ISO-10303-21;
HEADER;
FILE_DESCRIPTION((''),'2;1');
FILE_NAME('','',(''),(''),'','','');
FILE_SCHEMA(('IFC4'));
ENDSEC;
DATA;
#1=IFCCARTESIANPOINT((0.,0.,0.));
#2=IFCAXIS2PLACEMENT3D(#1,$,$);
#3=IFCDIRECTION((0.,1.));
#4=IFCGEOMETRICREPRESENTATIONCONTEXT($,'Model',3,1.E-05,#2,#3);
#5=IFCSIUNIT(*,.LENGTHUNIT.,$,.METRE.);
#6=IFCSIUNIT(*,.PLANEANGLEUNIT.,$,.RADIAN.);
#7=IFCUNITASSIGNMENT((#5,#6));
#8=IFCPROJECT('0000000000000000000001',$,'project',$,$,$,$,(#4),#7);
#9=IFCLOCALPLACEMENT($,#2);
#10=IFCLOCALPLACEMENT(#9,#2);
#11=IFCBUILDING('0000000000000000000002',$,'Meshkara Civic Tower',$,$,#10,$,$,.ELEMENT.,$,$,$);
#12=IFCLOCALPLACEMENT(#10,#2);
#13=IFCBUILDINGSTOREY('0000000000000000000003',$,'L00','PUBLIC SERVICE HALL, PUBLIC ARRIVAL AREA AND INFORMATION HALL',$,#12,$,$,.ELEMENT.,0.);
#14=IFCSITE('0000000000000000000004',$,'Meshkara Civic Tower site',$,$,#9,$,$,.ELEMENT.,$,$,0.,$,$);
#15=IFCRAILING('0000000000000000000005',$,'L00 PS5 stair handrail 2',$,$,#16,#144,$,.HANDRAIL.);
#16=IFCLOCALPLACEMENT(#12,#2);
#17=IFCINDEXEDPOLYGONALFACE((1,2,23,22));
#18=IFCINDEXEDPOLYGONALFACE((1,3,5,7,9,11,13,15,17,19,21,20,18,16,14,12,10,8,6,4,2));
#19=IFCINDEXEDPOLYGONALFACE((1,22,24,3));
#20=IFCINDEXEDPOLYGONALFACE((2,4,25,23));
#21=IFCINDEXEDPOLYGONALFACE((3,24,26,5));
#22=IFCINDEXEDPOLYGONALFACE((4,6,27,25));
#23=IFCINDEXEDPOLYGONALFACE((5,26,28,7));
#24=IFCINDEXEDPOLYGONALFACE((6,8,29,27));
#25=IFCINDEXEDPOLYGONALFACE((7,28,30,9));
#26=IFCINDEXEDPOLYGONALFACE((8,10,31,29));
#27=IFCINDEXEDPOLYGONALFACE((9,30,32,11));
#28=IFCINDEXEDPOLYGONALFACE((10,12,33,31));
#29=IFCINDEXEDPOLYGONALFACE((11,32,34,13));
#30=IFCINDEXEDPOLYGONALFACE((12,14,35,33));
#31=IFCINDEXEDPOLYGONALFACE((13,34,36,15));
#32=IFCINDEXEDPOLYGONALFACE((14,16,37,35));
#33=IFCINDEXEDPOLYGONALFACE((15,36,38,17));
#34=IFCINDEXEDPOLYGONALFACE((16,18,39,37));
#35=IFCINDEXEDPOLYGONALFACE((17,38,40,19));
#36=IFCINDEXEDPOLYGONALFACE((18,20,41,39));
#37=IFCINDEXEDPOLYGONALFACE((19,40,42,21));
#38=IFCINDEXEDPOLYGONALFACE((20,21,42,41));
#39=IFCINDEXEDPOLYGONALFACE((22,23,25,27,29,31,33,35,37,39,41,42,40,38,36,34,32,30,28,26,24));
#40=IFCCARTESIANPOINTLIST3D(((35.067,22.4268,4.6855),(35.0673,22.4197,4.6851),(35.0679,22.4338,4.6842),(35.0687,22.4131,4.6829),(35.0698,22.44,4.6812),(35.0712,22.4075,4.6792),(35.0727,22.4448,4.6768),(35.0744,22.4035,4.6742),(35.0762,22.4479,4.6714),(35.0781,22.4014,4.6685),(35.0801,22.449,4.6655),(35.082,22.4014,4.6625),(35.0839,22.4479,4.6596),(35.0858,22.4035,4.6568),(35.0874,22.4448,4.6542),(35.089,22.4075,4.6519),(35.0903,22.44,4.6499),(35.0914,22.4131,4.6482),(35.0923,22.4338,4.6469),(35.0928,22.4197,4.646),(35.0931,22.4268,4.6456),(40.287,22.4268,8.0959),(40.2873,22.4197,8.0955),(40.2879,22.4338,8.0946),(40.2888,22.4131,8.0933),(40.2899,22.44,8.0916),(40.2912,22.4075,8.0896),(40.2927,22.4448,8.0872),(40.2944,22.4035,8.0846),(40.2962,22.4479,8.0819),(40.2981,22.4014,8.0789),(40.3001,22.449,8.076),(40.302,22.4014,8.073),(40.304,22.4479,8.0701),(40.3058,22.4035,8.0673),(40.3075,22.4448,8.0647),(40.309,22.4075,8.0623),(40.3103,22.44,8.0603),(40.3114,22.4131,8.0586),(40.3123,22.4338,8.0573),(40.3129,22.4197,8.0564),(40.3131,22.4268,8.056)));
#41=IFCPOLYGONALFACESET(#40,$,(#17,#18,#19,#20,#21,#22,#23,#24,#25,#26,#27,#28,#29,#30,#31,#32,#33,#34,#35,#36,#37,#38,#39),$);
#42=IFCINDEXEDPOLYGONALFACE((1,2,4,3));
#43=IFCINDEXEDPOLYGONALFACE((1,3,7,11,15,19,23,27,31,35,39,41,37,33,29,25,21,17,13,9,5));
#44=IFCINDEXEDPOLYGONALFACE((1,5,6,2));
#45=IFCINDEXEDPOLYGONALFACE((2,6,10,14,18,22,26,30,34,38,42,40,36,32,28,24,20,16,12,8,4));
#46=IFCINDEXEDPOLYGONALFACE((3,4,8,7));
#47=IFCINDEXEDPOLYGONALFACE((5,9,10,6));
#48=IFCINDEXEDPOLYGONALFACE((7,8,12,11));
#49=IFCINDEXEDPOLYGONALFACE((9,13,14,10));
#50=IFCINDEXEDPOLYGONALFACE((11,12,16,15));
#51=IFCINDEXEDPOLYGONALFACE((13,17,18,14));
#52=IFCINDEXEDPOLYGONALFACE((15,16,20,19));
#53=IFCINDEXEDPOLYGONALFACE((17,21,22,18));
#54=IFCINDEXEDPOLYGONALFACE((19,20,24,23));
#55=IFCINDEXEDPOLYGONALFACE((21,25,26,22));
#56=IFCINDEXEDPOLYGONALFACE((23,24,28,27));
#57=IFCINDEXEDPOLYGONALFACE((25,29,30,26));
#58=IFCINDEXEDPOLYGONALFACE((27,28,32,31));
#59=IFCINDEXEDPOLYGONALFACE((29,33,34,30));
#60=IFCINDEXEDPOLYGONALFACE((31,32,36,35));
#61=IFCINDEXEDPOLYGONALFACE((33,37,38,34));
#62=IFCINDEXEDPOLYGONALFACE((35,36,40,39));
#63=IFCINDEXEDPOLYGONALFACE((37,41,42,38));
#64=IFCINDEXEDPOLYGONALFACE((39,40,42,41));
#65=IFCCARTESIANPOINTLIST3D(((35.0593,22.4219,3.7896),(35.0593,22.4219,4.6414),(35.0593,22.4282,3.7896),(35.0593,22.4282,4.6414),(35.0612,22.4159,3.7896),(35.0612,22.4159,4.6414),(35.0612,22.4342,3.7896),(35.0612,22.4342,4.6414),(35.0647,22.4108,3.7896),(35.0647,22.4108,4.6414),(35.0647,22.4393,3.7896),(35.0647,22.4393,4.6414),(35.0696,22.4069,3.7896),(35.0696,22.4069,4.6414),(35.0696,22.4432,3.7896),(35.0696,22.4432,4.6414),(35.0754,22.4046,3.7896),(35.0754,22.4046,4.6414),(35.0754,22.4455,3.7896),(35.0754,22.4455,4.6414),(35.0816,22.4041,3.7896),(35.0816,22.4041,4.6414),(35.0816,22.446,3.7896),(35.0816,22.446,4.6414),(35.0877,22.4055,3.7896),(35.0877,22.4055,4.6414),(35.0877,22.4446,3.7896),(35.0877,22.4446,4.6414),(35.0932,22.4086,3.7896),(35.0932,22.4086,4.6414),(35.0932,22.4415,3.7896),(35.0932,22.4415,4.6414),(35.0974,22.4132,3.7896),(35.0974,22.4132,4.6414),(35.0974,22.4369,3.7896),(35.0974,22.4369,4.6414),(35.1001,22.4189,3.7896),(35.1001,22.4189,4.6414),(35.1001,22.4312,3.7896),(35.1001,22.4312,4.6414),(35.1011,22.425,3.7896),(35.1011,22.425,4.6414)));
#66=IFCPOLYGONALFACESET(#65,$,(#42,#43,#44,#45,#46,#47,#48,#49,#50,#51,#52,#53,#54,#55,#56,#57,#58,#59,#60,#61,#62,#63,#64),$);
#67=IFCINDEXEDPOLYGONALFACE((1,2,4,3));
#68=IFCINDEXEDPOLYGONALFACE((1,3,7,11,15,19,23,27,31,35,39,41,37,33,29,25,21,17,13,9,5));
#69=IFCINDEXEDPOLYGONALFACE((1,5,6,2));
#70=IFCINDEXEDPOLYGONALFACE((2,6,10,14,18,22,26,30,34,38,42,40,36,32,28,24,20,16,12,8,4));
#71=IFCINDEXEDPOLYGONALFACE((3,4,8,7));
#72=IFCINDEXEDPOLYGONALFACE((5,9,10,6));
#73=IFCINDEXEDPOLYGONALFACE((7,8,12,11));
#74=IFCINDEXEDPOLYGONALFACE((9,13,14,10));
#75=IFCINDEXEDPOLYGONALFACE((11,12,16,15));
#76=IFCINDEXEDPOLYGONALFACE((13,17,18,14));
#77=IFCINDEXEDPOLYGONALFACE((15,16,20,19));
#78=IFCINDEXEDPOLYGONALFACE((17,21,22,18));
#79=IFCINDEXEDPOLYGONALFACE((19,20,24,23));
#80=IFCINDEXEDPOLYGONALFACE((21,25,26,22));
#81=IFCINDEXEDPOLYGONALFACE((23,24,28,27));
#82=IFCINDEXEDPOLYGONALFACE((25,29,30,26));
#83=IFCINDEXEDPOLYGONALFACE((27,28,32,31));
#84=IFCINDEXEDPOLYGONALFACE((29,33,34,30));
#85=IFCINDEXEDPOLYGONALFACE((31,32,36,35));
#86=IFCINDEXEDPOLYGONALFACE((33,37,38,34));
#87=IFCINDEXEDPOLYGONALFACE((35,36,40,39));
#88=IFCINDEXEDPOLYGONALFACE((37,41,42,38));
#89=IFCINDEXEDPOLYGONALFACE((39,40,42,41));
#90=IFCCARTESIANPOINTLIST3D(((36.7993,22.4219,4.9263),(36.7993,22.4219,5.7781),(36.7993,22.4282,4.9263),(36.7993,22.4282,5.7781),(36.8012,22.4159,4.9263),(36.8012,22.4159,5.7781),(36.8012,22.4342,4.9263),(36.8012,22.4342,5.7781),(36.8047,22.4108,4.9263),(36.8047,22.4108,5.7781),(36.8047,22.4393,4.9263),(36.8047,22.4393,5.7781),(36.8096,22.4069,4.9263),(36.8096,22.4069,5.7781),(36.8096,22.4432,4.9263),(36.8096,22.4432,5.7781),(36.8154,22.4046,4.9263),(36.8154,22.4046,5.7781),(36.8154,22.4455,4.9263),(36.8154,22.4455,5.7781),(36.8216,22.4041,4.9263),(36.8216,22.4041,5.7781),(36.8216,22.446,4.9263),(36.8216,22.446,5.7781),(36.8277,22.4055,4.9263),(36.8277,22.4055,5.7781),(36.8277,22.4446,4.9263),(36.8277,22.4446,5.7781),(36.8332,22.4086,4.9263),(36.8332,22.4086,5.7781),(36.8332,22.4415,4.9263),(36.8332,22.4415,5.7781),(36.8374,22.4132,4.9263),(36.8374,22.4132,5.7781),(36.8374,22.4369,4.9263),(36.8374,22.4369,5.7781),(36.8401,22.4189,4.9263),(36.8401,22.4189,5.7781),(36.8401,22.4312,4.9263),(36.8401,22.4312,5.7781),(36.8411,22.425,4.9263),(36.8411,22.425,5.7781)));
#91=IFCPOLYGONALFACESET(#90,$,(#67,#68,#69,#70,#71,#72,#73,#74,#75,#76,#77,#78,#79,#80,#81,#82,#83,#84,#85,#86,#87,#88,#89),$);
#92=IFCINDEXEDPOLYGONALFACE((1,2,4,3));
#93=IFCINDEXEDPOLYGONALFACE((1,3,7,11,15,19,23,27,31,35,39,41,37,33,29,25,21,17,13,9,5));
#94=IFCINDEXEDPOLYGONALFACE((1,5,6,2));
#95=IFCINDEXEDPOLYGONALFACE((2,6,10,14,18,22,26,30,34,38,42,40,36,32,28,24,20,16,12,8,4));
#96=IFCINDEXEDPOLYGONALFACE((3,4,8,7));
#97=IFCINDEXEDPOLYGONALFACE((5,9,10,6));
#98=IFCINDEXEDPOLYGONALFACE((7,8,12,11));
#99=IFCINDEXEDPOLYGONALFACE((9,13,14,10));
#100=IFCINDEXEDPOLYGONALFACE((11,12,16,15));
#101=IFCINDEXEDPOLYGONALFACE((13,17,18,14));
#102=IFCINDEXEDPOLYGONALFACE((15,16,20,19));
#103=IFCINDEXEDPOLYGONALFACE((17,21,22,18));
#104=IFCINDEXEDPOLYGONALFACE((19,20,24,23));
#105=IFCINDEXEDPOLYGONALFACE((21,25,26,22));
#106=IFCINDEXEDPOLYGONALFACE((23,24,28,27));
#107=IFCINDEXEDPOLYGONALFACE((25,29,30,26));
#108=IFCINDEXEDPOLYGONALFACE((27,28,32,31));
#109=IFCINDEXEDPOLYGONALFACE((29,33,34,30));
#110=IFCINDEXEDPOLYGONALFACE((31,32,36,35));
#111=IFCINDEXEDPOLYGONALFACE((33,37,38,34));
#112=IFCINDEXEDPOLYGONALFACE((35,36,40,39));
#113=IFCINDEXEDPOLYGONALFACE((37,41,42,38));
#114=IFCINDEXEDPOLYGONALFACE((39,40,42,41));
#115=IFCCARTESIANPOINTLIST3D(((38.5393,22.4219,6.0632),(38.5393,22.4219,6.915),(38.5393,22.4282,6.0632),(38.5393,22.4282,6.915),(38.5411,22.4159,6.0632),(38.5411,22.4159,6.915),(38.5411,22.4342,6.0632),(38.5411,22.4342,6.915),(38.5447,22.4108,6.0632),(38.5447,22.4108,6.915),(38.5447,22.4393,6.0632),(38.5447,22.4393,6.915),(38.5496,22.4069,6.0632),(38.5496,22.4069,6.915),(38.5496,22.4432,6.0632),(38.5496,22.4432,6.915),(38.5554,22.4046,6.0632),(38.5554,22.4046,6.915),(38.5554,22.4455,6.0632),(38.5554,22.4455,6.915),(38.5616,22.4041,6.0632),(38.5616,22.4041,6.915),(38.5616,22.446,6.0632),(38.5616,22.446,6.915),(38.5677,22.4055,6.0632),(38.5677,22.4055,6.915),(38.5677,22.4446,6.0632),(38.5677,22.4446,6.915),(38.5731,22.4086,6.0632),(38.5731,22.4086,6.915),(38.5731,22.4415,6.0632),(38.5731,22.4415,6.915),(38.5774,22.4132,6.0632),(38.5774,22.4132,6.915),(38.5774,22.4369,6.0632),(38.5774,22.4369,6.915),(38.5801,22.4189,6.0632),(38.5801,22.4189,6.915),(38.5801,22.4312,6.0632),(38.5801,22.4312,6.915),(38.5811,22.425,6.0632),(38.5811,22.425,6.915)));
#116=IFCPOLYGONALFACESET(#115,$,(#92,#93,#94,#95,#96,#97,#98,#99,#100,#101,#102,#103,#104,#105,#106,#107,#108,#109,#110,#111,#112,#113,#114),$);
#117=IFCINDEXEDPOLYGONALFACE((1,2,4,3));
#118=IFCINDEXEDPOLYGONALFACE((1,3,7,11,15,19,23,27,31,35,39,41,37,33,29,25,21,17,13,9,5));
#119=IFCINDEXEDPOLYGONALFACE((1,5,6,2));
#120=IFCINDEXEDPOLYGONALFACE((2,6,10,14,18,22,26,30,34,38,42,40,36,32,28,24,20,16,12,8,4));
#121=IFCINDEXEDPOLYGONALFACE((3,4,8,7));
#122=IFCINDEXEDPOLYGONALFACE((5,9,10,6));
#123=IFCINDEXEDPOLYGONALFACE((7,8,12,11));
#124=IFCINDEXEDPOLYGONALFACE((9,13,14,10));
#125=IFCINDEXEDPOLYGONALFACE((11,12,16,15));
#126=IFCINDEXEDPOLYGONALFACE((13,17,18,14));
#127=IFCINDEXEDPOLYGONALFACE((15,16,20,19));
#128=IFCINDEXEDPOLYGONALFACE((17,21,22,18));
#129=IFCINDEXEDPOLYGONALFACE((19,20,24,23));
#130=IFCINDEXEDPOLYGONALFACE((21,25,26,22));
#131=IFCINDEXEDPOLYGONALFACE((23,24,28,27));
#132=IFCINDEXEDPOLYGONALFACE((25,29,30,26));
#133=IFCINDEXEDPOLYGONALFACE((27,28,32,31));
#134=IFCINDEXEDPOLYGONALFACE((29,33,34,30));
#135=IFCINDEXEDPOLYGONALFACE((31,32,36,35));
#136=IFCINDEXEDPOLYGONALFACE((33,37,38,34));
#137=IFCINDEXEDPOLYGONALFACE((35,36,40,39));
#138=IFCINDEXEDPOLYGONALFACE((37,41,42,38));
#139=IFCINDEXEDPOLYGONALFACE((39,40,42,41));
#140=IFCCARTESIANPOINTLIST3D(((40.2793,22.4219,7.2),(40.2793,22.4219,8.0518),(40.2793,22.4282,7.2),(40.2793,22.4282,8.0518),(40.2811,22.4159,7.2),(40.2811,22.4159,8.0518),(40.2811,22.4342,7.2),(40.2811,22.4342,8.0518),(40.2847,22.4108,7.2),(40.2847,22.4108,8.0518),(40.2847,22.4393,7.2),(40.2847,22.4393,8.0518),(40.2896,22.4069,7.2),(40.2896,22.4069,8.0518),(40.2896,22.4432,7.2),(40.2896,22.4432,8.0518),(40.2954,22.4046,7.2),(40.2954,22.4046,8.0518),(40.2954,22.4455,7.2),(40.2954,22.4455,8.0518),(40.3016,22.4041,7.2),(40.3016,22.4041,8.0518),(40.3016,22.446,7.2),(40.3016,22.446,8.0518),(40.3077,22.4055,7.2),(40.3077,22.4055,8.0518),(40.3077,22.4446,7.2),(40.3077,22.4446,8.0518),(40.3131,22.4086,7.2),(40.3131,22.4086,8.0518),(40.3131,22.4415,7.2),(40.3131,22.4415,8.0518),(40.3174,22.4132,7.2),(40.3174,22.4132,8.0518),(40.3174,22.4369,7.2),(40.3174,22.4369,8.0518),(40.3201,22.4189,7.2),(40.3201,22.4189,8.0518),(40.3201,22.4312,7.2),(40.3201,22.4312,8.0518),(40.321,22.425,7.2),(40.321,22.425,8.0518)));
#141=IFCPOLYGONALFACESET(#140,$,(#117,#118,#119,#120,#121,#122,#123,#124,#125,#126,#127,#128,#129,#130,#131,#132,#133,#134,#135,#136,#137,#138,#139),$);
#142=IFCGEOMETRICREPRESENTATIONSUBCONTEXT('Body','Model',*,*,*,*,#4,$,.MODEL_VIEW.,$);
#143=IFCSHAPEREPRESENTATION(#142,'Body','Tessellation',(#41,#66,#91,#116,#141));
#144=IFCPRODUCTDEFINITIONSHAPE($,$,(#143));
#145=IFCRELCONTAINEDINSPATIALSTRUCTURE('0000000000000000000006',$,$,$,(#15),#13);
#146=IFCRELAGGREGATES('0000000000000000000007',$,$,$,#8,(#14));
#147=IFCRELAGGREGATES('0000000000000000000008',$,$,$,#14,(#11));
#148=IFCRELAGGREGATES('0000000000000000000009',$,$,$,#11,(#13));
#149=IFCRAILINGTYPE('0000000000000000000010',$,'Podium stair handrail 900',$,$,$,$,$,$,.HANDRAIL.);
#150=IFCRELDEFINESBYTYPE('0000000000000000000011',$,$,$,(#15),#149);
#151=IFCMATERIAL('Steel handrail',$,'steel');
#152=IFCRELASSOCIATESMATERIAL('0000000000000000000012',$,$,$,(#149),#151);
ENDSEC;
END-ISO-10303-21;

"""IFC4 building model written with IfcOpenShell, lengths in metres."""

from ifc_helpers import new_model, si_unit, direction, frame, origin, origin_2d, place, context, subcontext, project, spatial, circle, extrude, material, type_object, element, save


model = new_model("IFC4")

# Units and contexts
model_context = context("Model", 3, precision=1e-05, world=origin(), true_north=direction((0.0, 1.0)))
body_context = subcontext(model_context, "Body", "Model", "MODEL_VIEW")
ifc_project = project(units=[si_unit("LENGTHUNIT", "METRE"), si_unit("PLANEANGLEUNIT", "RADIAN")], contexts=[model_context])

# Site, building, storey
site_placement = place(None, origin())
site = spatial("IfcSite", under=ifc_project, at=site_placement, Name="Meshkara Civic Tower site", CompositionType="ELEMENT", RefElevation=0.0)
building_placement = place(site_placement, origin())
building = spatial("IfcBuilding", under=site, at=building_placement, Name="Meshkara Civic Tower", CompositionType="ELEMENT")
storey_placement = place(building_placement, origin())
storey = spatial("IfcBuildingStorey", under=building, at=storey_placement, Name="L00", Description="PUBLIC SERVICE HALL, PUBLIC ARRIVAL AREA AND INFORMATION HALL", CompositionType="ELEMENT", Elevation=0.0)

# Railing
ifc_material_1 = material(Name="Steel handrail", Category="steel")
railing_type = type_object("IfcRailingType", Name="Podium stair handrail 900", PredefinedType="HANDRAIL", material=ifc_material_1)
railing_placement = place(storey_placement, frame((35.0801, 22.425, 3.7896)))
element("IfcRailing", 1, at=railing_placement, inside=storey, type_object=railing_type, Name="L00 PS5 stair handrail 2", PredefinedType="HANDRAIL", context=body_context, shape_type="SweptSolid", body=[
    extrude(circle(Radius=0.0239, at=origin_2d()), frame((0.0, 0.0, 0.876), z_axis=(0.837165, 0.0, 0.546951), x_axis=(0.0, 1.0, 0.0)), (0.0, 0.0, 1.0), 6.2354),
    extrude(circle(Radius=0.021, at=origin_2d()), origin(), (0.0, 0.0, 1.0), 0.8518),
    extrude(circle(Radius=0.021, at=origin_2d()), frame((1.74, 0.0, 1.1367)), (0.0, 0.0, 1.0), 0.8518),
    extrude(circle(Radius=0.021, at=origin_2d()), frame((3.48, 0.0, 2.2737)), (0.0, 0.0, 1.0), 0.8518),
    extrude(circle(Radius=0.021, at=origin_2d()), frame((5.22, 0.0, 3.4104)), (0.0, 0.0, 1.0), 0.8518),
])

save(model, "model.ifc")
